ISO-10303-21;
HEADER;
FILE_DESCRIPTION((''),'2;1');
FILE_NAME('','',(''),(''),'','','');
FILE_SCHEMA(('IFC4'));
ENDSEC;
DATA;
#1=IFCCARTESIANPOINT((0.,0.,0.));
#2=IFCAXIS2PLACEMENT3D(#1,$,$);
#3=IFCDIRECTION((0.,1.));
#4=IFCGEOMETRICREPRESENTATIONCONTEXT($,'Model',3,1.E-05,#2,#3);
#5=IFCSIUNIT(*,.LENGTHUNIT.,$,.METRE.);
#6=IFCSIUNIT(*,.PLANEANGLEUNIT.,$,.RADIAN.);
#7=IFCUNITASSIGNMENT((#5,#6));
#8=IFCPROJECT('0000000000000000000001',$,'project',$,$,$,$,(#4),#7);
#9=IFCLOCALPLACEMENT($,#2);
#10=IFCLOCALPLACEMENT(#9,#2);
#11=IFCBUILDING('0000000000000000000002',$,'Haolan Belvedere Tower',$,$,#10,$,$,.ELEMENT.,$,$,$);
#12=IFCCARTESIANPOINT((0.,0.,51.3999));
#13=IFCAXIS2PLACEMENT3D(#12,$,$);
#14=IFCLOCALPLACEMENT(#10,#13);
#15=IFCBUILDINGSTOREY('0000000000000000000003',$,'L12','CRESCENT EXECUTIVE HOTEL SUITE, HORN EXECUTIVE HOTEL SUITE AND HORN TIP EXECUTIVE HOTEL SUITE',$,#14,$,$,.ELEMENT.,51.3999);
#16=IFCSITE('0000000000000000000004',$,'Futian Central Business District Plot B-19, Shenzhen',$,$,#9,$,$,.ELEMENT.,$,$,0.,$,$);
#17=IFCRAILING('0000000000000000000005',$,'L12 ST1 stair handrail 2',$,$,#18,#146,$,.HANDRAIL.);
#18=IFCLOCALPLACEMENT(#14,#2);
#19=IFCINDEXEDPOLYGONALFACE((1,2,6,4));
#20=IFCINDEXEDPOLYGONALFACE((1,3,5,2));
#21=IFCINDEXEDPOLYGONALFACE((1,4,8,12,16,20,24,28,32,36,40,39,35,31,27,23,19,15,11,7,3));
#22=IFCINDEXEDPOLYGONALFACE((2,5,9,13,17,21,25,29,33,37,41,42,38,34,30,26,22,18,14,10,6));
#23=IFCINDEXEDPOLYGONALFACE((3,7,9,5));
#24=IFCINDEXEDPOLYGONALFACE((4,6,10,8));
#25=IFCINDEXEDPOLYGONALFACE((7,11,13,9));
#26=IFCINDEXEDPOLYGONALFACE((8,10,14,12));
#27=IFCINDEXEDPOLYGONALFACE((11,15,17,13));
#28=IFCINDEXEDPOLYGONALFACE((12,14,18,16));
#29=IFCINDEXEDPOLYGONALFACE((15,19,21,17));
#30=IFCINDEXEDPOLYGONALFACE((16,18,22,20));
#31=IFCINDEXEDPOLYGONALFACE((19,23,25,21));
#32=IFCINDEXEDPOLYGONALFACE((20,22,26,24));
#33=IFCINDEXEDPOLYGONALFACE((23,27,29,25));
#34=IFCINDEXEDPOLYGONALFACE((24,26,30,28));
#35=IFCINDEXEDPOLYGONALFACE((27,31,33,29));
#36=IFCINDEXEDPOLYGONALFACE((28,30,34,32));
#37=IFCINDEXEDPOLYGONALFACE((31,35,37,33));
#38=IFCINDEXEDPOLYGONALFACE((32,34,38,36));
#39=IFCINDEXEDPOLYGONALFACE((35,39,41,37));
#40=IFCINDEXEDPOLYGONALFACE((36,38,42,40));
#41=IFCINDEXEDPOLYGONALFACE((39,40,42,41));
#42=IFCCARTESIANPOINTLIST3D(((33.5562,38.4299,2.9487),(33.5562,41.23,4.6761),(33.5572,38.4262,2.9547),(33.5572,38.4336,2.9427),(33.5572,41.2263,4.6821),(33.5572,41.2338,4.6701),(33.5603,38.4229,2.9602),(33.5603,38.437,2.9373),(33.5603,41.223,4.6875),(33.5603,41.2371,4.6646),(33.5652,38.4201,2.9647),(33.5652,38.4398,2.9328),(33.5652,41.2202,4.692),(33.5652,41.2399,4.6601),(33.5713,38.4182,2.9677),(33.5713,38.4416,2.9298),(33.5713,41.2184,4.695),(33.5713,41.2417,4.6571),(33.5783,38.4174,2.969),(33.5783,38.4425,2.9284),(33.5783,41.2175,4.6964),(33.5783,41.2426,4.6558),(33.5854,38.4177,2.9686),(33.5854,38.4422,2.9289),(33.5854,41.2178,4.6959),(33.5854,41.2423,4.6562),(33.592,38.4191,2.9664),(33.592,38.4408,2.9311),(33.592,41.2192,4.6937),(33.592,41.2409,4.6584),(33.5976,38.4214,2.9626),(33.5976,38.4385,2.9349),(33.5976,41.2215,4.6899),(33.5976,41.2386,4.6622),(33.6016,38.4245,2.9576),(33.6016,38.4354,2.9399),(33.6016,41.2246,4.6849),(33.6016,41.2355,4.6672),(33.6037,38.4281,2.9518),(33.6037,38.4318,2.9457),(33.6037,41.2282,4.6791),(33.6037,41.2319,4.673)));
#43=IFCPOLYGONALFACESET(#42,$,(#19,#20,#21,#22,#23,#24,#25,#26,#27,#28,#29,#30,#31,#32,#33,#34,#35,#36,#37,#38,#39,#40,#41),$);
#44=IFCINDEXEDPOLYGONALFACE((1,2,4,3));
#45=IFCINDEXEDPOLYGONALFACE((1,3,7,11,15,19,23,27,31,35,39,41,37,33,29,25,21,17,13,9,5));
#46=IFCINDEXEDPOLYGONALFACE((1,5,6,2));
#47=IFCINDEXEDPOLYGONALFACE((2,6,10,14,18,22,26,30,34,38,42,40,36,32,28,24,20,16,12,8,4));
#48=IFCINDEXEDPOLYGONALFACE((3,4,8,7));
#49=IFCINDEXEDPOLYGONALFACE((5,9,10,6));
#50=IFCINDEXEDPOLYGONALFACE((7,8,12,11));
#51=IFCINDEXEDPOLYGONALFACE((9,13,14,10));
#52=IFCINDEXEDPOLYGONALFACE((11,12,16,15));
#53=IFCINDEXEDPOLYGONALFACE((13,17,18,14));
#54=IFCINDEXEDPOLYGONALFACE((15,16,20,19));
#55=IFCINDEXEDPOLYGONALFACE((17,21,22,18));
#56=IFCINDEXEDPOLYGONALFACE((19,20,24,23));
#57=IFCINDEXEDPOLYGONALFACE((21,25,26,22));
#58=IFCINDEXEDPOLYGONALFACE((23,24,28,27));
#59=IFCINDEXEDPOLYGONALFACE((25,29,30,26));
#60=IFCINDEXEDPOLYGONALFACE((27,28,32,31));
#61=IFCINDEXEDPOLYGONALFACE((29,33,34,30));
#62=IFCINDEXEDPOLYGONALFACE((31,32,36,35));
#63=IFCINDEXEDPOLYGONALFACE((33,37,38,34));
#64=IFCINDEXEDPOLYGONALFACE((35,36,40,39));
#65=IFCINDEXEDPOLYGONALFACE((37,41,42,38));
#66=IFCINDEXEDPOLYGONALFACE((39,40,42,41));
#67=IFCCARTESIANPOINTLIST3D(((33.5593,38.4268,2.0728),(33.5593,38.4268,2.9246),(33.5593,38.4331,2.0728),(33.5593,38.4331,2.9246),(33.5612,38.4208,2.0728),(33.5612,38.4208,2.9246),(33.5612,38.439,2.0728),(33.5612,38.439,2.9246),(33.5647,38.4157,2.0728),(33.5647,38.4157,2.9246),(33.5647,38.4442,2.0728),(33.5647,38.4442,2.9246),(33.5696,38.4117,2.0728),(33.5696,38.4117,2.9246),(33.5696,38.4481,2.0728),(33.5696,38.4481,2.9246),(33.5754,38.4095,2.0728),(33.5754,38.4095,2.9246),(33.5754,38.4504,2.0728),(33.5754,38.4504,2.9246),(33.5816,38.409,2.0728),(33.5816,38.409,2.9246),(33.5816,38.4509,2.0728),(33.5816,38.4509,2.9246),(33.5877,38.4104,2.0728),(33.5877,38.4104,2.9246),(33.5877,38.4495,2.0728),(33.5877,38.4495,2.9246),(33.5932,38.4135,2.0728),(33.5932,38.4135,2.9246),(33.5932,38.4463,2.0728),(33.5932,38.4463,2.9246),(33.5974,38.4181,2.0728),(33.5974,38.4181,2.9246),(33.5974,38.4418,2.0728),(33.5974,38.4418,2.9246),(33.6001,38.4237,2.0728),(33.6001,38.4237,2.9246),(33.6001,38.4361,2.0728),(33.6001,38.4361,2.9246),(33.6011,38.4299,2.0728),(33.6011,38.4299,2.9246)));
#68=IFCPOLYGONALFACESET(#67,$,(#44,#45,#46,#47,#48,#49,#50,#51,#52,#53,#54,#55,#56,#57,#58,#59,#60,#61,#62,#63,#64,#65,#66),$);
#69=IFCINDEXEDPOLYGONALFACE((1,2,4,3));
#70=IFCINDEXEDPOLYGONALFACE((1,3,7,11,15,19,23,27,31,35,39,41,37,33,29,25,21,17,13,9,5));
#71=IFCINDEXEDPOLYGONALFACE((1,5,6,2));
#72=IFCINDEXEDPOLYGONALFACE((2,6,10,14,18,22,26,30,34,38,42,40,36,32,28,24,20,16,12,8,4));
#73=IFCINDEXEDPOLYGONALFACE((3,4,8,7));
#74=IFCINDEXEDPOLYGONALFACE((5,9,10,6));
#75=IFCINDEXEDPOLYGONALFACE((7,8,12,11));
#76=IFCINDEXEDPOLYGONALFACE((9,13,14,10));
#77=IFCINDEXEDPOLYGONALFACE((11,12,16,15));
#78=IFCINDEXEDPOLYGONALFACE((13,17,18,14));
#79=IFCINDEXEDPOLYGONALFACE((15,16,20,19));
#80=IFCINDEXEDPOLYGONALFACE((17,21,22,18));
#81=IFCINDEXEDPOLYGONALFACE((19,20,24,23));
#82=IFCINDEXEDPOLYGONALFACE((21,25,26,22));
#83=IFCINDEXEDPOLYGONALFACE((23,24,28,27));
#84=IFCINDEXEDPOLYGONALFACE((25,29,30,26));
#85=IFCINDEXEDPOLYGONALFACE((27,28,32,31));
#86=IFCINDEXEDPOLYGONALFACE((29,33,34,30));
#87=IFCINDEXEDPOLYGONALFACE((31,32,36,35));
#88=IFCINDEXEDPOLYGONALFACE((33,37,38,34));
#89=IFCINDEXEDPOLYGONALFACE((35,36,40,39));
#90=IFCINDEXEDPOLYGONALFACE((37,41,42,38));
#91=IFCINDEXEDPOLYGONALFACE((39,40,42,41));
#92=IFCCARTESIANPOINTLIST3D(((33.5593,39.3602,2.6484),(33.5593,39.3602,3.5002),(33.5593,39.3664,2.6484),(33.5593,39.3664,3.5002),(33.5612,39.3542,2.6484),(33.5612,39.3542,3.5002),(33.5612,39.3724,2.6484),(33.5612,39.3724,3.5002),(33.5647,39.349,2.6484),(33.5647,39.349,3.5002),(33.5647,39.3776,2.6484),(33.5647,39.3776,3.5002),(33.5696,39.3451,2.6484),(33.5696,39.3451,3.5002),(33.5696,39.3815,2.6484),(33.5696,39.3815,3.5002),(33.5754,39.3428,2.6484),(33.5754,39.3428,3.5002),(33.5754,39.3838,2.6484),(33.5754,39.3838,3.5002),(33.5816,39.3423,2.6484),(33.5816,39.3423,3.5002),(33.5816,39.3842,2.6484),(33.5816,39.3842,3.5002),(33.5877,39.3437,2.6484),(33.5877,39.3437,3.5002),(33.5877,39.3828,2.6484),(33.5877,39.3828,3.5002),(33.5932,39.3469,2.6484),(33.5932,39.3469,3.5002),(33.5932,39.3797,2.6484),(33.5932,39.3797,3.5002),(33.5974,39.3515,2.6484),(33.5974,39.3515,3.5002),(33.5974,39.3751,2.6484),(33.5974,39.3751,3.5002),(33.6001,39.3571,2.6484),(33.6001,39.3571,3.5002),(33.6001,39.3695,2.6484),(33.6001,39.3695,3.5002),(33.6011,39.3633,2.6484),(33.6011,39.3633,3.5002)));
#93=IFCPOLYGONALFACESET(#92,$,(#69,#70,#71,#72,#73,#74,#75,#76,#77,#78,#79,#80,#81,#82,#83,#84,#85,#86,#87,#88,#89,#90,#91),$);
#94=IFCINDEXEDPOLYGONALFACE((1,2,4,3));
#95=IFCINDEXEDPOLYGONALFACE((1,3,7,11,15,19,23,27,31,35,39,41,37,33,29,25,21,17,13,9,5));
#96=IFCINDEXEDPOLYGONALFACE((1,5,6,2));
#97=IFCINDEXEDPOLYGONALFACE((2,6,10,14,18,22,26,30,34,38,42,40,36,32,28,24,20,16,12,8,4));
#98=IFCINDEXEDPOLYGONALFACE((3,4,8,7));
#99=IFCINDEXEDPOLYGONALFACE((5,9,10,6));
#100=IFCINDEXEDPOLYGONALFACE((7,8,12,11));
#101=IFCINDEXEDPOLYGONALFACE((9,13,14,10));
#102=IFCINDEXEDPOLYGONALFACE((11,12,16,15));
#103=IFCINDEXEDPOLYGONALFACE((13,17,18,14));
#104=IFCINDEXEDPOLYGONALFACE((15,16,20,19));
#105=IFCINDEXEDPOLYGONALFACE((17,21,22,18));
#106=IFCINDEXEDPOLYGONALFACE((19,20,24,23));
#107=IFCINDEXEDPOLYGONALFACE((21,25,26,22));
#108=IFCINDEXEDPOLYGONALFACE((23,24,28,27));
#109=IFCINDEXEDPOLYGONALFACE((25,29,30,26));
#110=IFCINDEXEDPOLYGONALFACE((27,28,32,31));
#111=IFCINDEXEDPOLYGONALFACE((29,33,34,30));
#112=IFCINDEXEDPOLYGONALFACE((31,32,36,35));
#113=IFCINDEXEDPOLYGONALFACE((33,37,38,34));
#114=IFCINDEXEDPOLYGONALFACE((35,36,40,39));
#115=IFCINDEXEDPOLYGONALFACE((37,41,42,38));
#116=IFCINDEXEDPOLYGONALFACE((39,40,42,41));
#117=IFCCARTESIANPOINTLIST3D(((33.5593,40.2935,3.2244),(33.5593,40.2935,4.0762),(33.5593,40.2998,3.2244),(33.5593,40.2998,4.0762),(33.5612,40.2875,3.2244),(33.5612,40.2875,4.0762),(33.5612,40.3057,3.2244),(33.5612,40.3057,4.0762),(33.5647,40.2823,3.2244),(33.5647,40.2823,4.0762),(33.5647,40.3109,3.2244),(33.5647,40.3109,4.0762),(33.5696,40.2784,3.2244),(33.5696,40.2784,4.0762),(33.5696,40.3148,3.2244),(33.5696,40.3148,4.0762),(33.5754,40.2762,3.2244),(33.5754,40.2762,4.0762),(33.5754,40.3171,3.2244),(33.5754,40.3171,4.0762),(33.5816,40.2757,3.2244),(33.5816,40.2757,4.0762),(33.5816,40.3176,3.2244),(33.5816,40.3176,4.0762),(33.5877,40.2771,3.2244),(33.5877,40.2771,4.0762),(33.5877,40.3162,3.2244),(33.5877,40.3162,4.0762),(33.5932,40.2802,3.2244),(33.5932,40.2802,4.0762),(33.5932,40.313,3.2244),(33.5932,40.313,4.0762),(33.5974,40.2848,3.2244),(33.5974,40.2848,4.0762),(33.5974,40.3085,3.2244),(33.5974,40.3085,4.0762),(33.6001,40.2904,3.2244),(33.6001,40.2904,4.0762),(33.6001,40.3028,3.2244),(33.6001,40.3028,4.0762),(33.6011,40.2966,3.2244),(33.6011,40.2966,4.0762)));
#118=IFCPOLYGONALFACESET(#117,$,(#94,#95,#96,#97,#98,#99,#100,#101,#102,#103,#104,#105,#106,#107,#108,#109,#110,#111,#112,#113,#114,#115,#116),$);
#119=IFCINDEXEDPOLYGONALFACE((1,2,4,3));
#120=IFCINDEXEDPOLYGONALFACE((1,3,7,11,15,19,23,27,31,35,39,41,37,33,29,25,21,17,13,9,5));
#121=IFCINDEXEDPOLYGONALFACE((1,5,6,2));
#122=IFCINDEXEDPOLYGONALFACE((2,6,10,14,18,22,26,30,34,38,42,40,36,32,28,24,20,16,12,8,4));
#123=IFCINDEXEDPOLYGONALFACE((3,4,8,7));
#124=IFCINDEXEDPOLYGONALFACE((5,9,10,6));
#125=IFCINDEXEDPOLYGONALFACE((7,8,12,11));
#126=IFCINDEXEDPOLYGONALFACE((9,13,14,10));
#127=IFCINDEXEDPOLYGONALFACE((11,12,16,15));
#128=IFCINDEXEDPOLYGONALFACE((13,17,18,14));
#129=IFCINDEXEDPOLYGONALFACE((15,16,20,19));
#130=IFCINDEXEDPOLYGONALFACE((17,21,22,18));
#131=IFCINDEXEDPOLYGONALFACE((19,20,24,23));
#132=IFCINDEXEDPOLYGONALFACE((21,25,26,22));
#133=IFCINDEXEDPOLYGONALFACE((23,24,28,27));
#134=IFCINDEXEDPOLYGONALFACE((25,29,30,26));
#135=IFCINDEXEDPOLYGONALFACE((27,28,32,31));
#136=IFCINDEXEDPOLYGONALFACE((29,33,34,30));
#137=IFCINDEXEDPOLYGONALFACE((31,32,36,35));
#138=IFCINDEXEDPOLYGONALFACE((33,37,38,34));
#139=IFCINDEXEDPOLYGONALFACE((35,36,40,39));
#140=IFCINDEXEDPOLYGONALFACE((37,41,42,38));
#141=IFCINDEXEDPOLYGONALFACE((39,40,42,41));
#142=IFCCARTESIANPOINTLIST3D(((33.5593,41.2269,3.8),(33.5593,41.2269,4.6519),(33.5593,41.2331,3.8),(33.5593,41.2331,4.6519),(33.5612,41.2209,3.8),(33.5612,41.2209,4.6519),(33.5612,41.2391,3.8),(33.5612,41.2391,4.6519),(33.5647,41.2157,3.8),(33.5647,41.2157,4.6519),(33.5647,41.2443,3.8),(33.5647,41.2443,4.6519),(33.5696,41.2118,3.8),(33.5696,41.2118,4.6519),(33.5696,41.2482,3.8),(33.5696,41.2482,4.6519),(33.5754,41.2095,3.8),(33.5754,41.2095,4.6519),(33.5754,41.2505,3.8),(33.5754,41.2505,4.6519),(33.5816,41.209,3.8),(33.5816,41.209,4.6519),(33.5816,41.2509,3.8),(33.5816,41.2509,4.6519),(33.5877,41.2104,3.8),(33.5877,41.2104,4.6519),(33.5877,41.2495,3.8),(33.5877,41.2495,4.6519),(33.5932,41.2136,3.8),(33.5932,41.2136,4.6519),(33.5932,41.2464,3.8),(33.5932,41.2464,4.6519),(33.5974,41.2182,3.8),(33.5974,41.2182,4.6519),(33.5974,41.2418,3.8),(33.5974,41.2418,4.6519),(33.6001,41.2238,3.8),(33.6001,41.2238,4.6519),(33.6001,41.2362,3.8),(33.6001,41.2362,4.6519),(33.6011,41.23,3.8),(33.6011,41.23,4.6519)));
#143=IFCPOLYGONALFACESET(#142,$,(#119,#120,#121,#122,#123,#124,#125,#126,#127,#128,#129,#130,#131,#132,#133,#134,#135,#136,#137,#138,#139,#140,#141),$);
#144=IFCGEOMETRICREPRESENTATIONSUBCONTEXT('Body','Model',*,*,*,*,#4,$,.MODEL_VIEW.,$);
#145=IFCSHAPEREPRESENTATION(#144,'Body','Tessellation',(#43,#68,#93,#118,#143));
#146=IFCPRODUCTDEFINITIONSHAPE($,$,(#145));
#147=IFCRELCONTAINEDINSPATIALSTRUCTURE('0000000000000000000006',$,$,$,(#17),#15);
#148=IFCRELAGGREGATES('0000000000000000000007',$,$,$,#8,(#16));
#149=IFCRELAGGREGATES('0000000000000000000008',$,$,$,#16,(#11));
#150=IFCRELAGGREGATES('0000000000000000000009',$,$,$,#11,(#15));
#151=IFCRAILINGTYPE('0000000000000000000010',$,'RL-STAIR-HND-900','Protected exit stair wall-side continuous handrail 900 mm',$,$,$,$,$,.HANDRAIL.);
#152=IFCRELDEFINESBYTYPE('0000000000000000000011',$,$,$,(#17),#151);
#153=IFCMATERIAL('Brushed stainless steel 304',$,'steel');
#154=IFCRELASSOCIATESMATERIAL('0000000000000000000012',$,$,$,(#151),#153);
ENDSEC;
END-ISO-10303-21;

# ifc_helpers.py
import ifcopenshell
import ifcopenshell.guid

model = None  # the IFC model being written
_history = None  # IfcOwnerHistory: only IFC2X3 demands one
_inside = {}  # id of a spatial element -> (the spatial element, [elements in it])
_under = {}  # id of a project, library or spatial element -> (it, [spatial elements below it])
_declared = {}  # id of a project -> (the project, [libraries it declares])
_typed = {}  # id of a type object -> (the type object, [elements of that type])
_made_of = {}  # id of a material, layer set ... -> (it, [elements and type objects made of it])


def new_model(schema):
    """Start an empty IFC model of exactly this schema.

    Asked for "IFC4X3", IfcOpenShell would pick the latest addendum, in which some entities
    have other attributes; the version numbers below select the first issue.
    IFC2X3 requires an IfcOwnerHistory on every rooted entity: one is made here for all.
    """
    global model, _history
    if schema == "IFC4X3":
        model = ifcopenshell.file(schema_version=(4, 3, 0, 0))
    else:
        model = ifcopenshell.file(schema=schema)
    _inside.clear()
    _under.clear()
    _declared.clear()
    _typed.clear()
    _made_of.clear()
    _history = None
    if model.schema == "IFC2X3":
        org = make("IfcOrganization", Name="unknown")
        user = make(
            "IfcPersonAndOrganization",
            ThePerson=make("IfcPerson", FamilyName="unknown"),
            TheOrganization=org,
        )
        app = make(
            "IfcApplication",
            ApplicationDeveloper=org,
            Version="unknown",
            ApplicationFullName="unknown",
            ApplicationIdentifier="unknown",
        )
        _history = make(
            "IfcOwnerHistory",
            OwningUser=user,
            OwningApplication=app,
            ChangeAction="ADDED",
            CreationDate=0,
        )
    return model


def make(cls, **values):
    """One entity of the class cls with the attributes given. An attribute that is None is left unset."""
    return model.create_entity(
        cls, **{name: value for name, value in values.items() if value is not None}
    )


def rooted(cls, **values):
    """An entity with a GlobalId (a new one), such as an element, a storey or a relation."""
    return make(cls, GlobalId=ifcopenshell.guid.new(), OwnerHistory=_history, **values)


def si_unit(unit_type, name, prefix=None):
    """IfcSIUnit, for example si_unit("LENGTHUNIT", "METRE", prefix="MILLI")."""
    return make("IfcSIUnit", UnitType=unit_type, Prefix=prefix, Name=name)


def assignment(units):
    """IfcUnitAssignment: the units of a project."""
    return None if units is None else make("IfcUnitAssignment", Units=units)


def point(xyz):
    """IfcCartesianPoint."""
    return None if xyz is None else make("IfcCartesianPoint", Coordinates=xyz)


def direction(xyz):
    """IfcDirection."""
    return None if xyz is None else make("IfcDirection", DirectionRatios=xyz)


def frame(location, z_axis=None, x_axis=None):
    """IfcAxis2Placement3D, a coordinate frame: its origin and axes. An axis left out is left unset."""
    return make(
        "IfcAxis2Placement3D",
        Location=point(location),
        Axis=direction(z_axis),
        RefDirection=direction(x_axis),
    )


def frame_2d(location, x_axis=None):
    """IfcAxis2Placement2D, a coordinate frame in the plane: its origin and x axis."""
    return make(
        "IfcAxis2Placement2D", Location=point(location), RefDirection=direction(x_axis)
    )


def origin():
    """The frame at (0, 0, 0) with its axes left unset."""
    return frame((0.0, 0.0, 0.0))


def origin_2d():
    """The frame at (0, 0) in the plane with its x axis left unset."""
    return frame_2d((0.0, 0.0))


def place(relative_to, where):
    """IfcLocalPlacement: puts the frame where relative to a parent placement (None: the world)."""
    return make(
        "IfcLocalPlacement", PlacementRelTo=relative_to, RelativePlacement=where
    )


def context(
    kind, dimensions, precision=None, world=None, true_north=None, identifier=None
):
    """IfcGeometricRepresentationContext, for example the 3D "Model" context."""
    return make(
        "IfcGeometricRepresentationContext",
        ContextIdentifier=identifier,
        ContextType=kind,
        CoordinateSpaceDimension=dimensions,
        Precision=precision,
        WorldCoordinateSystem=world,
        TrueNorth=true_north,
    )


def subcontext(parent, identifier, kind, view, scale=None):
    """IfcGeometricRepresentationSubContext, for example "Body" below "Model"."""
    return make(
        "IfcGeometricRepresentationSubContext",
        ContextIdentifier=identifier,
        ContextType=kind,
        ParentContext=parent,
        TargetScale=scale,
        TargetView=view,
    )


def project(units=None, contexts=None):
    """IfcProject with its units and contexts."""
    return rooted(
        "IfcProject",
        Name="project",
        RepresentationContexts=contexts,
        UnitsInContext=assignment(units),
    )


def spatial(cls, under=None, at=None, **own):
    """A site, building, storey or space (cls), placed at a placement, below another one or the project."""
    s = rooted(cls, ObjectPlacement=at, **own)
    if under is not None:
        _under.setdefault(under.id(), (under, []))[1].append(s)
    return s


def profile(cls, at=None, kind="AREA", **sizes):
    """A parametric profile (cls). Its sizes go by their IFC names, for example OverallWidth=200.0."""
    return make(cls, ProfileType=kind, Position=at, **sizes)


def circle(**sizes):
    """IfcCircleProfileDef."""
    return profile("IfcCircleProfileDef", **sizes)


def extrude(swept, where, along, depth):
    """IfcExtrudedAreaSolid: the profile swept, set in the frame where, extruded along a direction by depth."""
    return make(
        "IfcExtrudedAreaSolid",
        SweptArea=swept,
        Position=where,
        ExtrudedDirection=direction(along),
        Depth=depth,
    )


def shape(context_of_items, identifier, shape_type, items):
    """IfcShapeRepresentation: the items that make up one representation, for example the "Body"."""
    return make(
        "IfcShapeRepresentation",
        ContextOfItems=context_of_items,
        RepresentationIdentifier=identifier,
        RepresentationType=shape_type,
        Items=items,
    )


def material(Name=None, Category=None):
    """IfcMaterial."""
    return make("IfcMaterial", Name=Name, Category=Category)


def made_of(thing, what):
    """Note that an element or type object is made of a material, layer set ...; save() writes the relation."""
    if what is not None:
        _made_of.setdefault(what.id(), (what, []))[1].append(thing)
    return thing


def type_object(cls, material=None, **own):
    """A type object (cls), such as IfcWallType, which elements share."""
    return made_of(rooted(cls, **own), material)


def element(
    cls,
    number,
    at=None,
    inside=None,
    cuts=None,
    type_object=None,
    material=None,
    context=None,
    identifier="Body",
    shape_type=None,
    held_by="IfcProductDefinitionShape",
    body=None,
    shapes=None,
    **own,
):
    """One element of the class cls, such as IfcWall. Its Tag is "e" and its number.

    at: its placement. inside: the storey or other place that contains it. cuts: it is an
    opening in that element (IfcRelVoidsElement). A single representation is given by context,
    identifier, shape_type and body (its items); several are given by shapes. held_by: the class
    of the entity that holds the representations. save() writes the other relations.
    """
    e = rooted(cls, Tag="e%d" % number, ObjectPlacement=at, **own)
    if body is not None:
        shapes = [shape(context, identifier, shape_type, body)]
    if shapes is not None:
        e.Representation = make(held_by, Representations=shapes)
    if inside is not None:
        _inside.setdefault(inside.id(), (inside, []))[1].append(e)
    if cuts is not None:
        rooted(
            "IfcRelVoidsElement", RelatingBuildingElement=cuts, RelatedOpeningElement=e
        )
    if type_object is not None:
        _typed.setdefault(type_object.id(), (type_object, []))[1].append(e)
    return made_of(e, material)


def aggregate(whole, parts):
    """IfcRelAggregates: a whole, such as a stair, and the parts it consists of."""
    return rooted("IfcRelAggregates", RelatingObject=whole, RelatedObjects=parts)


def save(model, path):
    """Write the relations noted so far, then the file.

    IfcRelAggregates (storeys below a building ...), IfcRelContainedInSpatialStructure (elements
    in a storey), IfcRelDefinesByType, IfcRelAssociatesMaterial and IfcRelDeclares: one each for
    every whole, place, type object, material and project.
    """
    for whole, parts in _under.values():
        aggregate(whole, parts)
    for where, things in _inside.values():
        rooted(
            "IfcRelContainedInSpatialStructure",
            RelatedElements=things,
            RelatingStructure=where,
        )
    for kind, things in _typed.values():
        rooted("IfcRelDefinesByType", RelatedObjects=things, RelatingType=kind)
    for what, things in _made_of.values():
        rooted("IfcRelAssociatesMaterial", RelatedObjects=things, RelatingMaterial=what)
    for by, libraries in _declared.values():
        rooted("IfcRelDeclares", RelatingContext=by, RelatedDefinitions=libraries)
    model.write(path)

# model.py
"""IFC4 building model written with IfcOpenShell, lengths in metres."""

from ifc_helpers import new_model, si_unit, direction, frame, origin, origin_2d, place, context, subcontext, project, spatial, circle, extrude, material, type_object, element, save


model = new_model("IFC4")

# Units and contexts
model_context = context("Model", 3, precision=1e-05, world=origin(), true_north=direction((0.0, 1.0)))
body_context = subcontext(model_context, "Body", "Model", "MODEL_VIEW")
ifc_project = project(units=[si_unit("LENGTHUNIT", "METRE"), si_unit("PLANEANGLEUNIT", "RADIAN")], contexts=[model_context])

# Site, building, storey
site_placement = place(None, origin())
site = spatial("IfcSite", under=ifc_project, at=site_placement, Name="Futian Central Business District Plot B-19, Shenzhen", CompositionType="ELEMENT", RefElevation=0.0)
building_placement = place(site_placement, origin())
building = spatial("IfcBuilding", under=site, at=building_placement, Name="Haolan Belvedere Tower", CompositionType="ELEMENT")
storey_placement = place(building_placement, frame((0.0, 0.0, 51.3999)))
storey = spatial("IfcBuildingStorey", under=building, at=storey_placement, Name="L12", Description="CRESCENT EXECUTIVE HOTEL SUITE, HORN EXECUTIVE HOTEL SUITE AND HORN TIP EXECUTIVE HOTEL SUITE", CompositionType="ELEMENT", Elevation=51.3999)

# Railing
ifc_material_1 = material(Name="Brushed stainless steel 304", Category="steel")
railing_type_1 = type_object("IfcRailingType", Name="RL-STAIR-HND-900", Description="Protected exit stair wall-side continuous handrail 900 mm", PredefinedType="HANDRAIL", material=ifc_material_1)
railing_1_placement = place(storey_placement, frame((33.5801, 38.4299, 2.0728)))
element("IfcRailing", 1, at=railing_1_placement, inside=storey, type_object=railing_type_1, Name="L12 ST1 stair handrail 2", PredefinedType="HANDRAIL", context=body_context, shape_type="SweptSolid", body=[
    extrude(circle(Radius=0.0239, at=origin_2d()), frame((0.0, 0.0, 0.876), z_axis=(0.0, 0.85109, 0.52502), x_axis=(-1.0, 0.0, 0.0)), (0.0, 0.0, 1.0), 3.29),
    extrude(circle(Radius=0.021, at=origin_2d()), origin(), (0.0, 0.0, 1.0), 0.8518),
    extrude(circle(Radius=0.021, at=origin_2d()), frame((0.0, 0.9333, 0.5757)), (0.0, 0.0, 1.0), 0.8518),
    extrude(circle(Radius=0.021, at=origin_2d()), frame((0.0, 1.8667, 1.1516)), (0.0, 0.0, 1.0), 0.8518),
    extrude(circle(Radius=0.021, at=origin_2d()), frame((0.0, 2.8, 1.7273)), (0.0, 0.0, 1.0), 0.8518),
])

save(model, "model.ifc")
